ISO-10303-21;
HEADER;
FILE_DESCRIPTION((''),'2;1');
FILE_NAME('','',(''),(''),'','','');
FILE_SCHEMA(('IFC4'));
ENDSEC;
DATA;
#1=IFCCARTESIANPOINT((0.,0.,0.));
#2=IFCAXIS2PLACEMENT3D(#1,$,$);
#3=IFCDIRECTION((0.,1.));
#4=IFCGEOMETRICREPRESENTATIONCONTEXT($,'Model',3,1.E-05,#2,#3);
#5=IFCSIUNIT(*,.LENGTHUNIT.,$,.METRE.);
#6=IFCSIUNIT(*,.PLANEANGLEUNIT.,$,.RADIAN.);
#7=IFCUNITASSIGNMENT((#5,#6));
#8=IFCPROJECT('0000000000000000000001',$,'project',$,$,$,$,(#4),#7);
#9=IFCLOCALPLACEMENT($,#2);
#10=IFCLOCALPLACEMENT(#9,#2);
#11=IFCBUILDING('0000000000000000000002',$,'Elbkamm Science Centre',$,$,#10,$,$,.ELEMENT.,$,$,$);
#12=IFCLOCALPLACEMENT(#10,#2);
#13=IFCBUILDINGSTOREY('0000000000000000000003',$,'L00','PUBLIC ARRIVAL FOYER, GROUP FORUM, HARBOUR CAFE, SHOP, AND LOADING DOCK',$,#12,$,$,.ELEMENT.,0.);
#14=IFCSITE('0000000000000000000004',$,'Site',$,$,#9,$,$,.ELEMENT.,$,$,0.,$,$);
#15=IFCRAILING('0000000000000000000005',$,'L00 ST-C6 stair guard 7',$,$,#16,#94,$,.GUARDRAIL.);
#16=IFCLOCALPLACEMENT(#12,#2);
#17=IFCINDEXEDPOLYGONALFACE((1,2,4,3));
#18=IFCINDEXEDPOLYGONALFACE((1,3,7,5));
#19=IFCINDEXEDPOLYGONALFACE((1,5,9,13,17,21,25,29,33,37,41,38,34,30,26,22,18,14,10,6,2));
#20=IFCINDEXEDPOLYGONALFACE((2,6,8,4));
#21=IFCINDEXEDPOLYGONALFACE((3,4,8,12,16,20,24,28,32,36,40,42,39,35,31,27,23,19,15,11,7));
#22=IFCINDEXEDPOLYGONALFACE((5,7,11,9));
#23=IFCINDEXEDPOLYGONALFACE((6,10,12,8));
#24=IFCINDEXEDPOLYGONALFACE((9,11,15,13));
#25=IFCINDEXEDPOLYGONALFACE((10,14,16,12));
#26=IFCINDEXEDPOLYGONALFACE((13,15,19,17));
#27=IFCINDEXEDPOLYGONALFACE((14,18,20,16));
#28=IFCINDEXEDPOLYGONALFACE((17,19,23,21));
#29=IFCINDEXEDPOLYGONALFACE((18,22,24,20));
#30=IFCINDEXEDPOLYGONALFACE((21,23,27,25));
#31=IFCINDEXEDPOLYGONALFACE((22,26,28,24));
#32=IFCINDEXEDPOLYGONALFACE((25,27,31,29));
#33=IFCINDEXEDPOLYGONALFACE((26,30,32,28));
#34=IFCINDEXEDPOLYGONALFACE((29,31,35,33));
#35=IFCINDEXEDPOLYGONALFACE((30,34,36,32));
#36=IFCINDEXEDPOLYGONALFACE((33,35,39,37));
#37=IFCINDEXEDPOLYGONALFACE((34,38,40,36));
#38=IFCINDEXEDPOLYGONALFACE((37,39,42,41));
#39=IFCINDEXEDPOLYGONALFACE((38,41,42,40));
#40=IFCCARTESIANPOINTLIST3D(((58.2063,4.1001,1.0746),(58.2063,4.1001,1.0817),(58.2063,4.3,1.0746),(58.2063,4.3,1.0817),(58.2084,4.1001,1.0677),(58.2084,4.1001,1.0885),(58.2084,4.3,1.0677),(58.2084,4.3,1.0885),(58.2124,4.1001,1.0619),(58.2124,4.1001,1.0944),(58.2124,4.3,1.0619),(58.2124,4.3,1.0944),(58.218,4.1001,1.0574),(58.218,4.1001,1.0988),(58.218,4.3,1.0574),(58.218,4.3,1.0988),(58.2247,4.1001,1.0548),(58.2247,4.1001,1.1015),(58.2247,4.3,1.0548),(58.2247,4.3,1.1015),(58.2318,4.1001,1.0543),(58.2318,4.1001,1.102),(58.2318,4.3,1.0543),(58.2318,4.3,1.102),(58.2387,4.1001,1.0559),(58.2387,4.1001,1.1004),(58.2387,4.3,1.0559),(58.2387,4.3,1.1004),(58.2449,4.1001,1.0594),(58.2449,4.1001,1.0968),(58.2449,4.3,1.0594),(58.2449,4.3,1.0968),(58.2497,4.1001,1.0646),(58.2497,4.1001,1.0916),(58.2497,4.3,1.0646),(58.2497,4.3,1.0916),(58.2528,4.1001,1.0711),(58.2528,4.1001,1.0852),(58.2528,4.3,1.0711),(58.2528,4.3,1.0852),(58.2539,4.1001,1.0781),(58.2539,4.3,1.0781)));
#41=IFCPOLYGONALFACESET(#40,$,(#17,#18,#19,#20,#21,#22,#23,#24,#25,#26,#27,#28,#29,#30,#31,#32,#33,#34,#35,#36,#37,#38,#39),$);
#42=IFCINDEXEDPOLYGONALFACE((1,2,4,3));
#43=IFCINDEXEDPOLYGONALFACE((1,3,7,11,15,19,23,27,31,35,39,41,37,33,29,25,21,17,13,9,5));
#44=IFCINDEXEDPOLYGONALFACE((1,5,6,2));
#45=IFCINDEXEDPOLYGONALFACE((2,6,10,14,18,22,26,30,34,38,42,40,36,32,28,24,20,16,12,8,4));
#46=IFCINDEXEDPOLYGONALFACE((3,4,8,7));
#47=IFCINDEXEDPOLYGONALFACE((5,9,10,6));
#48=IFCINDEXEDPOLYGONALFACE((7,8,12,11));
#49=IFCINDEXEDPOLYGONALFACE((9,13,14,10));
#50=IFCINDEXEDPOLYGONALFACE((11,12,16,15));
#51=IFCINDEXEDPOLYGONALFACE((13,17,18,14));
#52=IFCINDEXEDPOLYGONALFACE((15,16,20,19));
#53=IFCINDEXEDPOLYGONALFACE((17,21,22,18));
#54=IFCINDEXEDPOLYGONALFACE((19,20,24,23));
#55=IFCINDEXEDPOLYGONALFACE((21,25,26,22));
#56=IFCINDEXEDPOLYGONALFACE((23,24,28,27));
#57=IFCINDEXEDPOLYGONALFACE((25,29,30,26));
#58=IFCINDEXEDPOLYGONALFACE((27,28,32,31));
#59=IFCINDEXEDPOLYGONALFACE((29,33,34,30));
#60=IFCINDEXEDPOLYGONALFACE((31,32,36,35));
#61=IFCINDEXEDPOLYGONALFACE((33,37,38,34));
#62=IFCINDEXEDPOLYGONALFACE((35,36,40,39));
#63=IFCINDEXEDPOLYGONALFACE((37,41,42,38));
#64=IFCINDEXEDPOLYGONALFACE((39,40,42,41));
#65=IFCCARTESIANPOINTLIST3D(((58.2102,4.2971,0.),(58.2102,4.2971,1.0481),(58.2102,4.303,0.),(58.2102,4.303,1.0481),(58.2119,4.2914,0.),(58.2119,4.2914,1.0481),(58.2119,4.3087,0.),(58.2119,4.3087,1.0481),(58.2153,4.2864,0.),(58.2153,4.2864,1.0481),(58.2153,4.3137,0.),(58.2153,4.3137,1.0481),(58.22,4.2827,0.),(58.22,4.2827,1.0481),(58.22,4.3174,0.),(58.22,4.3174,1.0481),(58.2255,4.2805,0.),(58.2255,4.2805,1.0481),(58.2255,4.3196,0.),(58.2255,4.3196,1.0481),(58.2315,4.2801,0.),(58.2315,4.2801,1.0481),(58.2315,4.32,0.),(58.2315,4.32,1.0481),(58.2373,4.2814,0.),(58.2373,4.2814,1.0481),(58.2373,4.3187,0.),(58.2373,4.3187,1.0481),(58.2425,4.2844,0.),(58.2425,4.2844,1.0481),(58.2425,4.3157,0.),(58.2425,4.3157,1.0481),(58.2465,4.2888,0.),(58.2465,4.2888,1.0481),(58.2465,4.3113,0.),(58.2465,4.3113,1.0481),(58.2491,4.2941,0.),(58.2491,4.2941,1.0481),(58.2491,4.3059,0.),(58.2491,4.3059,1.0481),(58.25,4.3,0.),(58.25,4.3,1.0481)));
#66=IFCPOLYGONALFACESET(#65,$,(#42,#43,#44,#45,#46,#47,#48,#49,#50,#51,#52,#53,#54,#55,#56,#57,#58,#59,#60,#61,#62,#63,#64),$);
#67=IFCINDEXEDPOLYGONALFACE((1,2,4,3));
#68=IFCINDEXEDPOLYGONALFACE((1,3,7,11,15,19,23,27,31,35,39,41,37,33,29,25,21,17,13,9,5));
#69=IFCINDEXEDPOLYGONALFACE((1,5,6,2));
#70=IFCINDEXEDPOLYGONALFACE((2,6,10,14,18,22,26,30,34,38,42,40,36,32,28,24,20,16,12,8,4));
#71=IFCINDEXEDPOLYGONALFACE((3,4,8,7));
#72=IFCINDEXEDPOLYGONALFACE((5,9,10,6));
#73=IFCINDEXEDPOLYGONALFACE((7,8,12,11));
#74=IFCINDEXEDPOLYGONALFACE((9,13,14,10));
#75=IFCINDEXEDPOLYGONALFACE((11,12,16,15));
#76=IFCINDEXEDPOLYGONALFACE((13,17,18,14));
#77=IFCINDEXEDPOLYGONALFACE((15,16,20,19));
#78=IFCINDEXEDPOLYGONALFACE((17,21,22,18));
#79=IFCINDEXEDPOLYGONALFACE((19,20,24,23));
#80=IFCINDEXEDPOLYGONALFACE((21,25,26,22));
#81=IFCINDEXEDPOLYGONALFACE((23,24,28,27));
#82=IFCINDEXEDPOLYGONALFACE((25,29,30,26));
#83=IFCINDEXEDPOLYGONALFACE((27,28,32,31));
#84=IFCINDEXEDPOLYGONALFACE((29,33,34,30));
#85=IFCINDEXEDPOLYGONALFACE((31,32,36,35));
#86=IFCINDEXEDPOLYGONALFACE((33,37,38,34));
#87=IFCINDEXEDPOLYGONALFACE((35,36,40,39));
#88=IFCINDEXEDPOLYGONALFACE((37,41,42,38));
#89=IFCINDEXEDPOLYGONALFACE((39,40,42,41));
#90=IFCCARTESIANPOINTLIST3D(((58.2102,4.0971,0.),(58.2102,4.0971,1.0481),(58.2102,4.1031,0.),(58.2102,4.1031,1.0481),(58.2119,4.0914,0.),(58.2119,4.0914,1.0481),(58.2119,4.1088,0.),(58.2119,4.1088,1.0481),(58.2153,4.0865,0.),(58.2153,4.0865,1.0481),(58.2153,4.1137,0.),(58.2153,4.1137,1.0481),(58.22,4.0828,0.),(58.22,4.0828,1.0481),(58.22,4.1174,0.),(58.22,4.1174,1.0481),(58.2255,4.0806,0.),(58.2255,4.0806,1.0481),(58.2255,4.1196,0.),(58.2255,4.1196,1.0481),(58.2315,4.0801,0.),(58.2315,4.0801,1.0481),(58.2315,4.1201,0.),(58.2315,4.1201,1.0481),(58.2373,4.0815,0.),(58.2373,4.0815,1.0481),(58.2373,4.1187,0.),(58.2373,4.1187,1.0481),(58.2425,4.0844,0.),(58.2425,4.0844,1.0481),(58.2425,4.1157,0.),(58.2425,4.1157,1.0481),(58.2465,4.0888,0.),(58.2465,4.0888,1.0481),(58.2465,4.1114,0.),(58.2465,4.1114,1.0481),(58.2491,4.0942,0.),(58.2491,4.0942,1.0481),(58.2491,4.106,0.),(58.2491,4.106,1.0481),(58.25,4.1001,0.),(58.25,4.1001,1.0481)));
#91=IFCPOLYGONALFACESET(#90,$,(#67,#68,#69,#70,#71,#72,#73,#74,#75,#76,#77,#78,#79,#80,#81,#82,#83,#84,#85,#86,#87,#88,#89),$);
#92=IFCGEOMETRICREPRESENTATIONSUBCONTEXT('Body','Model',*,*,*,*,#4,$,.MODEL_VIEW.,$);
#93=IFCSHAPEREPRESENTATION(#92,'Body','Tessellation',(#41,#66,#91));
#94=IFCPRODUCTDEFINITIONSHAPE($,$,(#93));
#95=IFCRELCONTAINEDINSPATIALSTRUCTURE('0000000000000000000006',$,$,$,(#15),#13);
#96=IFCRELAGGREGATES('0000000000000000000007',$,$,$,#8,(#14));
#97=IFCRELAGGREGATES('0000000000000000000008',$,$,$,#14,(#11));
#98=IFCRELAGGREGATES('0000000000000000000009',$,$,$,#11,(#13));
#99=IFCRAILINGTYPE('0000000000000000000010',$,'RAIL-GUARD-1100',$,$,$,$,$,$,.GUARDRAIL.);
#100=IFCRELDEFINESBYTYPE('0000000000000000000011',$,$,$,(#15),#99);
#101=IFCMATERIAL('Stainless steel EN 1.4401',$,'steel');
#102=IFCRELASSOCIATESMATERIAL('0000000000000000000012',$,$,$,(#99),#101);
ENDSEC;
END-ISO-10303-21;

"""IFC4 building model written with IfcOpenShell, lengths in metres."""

from ifc_helpers import new_model, si_unit, direction, frame, origin, origin_2d, place, context, subcontext, project, spatial, circle, extrude, material, type_object, element, save


model = new_model("IFC4")

# Units and contexts
model_context = context("Model", 3, precision=1e-05, world=origin(), true_north=direction((0.0, 1.0)))
body_context = subcontext(model_context, "Body", "Model", "MODEL_VIEW")
ifc_project = project(units=[si_unit("LENGTHUNIT", "METRE"), si_unit("PLANEANGLEUNIT", "RADIAN")], contexts=[model_context])

# Site, building, storey
site_placement = place(None, origin())
site = spatial("IfcSite", under=ifc_project, at=site_placement, Name="Site", CompositionType="ELEMENT", RefElevation=0.0)
building_placement = place(site_placement, origin())
building = spatial("IfcBuilding", under=site, at=building_placement, Name="Elbkamm Science Centre", CompositionType="ELEMENT")
storey_placement = place(building_placement, origin())
storey = spatial("IfcBuildingStorey", under=building, at=storey_placement, Name="L00", Description="PUBLIC ARRIVAL FOYER, GROUP FORUM, HARBOUR CAFE, SHOP, AND LOADING DOCK", CompositionType="ELEMENT", Elevation=0.0)

# Railing
ifc_material_1 = material(Name="Stainless steel EN 1.4401", Category="steel")
railing_type_1 = type_object("IfcRailingType", Name="RAIL-GUARD-1100", PredefinedType="GUARDRAIL", material=ifc_material_1)
railing_1_placement = place(storey_placement, frame((58.23, 4.3, 0.0)))
element("IfcRailing", 1, at=railing_1_placement, inside=storey, type_object=railing_type_1, Name="L00 ST-C6 stair guard 7", PredefinedType="GUARDRAIL", context=body_context, shape_type="SweptSolid", body=[
    extrude(circle(Radius=0.0239, at=origin_2d()), frame((0.0, 0.0, 1.0781), z_axis=(0.0, -1.0, 0.0), x_axis=(1.0, 0.0, 0.0)), (0.0, 0.0, 1.0), 0.2),
    extrude(circle(Radius=0.02, at=origin_2d()), origin(), (0.0, 0.0, 1.0), 1.0481),
    extrude(circle(Radius=0.02, at=origin_2d()), frame((0.0, -0.2, 0.0)), (0.0, 0.0, 1.0), 1.0481),
])

save(model, "model.ifc")
